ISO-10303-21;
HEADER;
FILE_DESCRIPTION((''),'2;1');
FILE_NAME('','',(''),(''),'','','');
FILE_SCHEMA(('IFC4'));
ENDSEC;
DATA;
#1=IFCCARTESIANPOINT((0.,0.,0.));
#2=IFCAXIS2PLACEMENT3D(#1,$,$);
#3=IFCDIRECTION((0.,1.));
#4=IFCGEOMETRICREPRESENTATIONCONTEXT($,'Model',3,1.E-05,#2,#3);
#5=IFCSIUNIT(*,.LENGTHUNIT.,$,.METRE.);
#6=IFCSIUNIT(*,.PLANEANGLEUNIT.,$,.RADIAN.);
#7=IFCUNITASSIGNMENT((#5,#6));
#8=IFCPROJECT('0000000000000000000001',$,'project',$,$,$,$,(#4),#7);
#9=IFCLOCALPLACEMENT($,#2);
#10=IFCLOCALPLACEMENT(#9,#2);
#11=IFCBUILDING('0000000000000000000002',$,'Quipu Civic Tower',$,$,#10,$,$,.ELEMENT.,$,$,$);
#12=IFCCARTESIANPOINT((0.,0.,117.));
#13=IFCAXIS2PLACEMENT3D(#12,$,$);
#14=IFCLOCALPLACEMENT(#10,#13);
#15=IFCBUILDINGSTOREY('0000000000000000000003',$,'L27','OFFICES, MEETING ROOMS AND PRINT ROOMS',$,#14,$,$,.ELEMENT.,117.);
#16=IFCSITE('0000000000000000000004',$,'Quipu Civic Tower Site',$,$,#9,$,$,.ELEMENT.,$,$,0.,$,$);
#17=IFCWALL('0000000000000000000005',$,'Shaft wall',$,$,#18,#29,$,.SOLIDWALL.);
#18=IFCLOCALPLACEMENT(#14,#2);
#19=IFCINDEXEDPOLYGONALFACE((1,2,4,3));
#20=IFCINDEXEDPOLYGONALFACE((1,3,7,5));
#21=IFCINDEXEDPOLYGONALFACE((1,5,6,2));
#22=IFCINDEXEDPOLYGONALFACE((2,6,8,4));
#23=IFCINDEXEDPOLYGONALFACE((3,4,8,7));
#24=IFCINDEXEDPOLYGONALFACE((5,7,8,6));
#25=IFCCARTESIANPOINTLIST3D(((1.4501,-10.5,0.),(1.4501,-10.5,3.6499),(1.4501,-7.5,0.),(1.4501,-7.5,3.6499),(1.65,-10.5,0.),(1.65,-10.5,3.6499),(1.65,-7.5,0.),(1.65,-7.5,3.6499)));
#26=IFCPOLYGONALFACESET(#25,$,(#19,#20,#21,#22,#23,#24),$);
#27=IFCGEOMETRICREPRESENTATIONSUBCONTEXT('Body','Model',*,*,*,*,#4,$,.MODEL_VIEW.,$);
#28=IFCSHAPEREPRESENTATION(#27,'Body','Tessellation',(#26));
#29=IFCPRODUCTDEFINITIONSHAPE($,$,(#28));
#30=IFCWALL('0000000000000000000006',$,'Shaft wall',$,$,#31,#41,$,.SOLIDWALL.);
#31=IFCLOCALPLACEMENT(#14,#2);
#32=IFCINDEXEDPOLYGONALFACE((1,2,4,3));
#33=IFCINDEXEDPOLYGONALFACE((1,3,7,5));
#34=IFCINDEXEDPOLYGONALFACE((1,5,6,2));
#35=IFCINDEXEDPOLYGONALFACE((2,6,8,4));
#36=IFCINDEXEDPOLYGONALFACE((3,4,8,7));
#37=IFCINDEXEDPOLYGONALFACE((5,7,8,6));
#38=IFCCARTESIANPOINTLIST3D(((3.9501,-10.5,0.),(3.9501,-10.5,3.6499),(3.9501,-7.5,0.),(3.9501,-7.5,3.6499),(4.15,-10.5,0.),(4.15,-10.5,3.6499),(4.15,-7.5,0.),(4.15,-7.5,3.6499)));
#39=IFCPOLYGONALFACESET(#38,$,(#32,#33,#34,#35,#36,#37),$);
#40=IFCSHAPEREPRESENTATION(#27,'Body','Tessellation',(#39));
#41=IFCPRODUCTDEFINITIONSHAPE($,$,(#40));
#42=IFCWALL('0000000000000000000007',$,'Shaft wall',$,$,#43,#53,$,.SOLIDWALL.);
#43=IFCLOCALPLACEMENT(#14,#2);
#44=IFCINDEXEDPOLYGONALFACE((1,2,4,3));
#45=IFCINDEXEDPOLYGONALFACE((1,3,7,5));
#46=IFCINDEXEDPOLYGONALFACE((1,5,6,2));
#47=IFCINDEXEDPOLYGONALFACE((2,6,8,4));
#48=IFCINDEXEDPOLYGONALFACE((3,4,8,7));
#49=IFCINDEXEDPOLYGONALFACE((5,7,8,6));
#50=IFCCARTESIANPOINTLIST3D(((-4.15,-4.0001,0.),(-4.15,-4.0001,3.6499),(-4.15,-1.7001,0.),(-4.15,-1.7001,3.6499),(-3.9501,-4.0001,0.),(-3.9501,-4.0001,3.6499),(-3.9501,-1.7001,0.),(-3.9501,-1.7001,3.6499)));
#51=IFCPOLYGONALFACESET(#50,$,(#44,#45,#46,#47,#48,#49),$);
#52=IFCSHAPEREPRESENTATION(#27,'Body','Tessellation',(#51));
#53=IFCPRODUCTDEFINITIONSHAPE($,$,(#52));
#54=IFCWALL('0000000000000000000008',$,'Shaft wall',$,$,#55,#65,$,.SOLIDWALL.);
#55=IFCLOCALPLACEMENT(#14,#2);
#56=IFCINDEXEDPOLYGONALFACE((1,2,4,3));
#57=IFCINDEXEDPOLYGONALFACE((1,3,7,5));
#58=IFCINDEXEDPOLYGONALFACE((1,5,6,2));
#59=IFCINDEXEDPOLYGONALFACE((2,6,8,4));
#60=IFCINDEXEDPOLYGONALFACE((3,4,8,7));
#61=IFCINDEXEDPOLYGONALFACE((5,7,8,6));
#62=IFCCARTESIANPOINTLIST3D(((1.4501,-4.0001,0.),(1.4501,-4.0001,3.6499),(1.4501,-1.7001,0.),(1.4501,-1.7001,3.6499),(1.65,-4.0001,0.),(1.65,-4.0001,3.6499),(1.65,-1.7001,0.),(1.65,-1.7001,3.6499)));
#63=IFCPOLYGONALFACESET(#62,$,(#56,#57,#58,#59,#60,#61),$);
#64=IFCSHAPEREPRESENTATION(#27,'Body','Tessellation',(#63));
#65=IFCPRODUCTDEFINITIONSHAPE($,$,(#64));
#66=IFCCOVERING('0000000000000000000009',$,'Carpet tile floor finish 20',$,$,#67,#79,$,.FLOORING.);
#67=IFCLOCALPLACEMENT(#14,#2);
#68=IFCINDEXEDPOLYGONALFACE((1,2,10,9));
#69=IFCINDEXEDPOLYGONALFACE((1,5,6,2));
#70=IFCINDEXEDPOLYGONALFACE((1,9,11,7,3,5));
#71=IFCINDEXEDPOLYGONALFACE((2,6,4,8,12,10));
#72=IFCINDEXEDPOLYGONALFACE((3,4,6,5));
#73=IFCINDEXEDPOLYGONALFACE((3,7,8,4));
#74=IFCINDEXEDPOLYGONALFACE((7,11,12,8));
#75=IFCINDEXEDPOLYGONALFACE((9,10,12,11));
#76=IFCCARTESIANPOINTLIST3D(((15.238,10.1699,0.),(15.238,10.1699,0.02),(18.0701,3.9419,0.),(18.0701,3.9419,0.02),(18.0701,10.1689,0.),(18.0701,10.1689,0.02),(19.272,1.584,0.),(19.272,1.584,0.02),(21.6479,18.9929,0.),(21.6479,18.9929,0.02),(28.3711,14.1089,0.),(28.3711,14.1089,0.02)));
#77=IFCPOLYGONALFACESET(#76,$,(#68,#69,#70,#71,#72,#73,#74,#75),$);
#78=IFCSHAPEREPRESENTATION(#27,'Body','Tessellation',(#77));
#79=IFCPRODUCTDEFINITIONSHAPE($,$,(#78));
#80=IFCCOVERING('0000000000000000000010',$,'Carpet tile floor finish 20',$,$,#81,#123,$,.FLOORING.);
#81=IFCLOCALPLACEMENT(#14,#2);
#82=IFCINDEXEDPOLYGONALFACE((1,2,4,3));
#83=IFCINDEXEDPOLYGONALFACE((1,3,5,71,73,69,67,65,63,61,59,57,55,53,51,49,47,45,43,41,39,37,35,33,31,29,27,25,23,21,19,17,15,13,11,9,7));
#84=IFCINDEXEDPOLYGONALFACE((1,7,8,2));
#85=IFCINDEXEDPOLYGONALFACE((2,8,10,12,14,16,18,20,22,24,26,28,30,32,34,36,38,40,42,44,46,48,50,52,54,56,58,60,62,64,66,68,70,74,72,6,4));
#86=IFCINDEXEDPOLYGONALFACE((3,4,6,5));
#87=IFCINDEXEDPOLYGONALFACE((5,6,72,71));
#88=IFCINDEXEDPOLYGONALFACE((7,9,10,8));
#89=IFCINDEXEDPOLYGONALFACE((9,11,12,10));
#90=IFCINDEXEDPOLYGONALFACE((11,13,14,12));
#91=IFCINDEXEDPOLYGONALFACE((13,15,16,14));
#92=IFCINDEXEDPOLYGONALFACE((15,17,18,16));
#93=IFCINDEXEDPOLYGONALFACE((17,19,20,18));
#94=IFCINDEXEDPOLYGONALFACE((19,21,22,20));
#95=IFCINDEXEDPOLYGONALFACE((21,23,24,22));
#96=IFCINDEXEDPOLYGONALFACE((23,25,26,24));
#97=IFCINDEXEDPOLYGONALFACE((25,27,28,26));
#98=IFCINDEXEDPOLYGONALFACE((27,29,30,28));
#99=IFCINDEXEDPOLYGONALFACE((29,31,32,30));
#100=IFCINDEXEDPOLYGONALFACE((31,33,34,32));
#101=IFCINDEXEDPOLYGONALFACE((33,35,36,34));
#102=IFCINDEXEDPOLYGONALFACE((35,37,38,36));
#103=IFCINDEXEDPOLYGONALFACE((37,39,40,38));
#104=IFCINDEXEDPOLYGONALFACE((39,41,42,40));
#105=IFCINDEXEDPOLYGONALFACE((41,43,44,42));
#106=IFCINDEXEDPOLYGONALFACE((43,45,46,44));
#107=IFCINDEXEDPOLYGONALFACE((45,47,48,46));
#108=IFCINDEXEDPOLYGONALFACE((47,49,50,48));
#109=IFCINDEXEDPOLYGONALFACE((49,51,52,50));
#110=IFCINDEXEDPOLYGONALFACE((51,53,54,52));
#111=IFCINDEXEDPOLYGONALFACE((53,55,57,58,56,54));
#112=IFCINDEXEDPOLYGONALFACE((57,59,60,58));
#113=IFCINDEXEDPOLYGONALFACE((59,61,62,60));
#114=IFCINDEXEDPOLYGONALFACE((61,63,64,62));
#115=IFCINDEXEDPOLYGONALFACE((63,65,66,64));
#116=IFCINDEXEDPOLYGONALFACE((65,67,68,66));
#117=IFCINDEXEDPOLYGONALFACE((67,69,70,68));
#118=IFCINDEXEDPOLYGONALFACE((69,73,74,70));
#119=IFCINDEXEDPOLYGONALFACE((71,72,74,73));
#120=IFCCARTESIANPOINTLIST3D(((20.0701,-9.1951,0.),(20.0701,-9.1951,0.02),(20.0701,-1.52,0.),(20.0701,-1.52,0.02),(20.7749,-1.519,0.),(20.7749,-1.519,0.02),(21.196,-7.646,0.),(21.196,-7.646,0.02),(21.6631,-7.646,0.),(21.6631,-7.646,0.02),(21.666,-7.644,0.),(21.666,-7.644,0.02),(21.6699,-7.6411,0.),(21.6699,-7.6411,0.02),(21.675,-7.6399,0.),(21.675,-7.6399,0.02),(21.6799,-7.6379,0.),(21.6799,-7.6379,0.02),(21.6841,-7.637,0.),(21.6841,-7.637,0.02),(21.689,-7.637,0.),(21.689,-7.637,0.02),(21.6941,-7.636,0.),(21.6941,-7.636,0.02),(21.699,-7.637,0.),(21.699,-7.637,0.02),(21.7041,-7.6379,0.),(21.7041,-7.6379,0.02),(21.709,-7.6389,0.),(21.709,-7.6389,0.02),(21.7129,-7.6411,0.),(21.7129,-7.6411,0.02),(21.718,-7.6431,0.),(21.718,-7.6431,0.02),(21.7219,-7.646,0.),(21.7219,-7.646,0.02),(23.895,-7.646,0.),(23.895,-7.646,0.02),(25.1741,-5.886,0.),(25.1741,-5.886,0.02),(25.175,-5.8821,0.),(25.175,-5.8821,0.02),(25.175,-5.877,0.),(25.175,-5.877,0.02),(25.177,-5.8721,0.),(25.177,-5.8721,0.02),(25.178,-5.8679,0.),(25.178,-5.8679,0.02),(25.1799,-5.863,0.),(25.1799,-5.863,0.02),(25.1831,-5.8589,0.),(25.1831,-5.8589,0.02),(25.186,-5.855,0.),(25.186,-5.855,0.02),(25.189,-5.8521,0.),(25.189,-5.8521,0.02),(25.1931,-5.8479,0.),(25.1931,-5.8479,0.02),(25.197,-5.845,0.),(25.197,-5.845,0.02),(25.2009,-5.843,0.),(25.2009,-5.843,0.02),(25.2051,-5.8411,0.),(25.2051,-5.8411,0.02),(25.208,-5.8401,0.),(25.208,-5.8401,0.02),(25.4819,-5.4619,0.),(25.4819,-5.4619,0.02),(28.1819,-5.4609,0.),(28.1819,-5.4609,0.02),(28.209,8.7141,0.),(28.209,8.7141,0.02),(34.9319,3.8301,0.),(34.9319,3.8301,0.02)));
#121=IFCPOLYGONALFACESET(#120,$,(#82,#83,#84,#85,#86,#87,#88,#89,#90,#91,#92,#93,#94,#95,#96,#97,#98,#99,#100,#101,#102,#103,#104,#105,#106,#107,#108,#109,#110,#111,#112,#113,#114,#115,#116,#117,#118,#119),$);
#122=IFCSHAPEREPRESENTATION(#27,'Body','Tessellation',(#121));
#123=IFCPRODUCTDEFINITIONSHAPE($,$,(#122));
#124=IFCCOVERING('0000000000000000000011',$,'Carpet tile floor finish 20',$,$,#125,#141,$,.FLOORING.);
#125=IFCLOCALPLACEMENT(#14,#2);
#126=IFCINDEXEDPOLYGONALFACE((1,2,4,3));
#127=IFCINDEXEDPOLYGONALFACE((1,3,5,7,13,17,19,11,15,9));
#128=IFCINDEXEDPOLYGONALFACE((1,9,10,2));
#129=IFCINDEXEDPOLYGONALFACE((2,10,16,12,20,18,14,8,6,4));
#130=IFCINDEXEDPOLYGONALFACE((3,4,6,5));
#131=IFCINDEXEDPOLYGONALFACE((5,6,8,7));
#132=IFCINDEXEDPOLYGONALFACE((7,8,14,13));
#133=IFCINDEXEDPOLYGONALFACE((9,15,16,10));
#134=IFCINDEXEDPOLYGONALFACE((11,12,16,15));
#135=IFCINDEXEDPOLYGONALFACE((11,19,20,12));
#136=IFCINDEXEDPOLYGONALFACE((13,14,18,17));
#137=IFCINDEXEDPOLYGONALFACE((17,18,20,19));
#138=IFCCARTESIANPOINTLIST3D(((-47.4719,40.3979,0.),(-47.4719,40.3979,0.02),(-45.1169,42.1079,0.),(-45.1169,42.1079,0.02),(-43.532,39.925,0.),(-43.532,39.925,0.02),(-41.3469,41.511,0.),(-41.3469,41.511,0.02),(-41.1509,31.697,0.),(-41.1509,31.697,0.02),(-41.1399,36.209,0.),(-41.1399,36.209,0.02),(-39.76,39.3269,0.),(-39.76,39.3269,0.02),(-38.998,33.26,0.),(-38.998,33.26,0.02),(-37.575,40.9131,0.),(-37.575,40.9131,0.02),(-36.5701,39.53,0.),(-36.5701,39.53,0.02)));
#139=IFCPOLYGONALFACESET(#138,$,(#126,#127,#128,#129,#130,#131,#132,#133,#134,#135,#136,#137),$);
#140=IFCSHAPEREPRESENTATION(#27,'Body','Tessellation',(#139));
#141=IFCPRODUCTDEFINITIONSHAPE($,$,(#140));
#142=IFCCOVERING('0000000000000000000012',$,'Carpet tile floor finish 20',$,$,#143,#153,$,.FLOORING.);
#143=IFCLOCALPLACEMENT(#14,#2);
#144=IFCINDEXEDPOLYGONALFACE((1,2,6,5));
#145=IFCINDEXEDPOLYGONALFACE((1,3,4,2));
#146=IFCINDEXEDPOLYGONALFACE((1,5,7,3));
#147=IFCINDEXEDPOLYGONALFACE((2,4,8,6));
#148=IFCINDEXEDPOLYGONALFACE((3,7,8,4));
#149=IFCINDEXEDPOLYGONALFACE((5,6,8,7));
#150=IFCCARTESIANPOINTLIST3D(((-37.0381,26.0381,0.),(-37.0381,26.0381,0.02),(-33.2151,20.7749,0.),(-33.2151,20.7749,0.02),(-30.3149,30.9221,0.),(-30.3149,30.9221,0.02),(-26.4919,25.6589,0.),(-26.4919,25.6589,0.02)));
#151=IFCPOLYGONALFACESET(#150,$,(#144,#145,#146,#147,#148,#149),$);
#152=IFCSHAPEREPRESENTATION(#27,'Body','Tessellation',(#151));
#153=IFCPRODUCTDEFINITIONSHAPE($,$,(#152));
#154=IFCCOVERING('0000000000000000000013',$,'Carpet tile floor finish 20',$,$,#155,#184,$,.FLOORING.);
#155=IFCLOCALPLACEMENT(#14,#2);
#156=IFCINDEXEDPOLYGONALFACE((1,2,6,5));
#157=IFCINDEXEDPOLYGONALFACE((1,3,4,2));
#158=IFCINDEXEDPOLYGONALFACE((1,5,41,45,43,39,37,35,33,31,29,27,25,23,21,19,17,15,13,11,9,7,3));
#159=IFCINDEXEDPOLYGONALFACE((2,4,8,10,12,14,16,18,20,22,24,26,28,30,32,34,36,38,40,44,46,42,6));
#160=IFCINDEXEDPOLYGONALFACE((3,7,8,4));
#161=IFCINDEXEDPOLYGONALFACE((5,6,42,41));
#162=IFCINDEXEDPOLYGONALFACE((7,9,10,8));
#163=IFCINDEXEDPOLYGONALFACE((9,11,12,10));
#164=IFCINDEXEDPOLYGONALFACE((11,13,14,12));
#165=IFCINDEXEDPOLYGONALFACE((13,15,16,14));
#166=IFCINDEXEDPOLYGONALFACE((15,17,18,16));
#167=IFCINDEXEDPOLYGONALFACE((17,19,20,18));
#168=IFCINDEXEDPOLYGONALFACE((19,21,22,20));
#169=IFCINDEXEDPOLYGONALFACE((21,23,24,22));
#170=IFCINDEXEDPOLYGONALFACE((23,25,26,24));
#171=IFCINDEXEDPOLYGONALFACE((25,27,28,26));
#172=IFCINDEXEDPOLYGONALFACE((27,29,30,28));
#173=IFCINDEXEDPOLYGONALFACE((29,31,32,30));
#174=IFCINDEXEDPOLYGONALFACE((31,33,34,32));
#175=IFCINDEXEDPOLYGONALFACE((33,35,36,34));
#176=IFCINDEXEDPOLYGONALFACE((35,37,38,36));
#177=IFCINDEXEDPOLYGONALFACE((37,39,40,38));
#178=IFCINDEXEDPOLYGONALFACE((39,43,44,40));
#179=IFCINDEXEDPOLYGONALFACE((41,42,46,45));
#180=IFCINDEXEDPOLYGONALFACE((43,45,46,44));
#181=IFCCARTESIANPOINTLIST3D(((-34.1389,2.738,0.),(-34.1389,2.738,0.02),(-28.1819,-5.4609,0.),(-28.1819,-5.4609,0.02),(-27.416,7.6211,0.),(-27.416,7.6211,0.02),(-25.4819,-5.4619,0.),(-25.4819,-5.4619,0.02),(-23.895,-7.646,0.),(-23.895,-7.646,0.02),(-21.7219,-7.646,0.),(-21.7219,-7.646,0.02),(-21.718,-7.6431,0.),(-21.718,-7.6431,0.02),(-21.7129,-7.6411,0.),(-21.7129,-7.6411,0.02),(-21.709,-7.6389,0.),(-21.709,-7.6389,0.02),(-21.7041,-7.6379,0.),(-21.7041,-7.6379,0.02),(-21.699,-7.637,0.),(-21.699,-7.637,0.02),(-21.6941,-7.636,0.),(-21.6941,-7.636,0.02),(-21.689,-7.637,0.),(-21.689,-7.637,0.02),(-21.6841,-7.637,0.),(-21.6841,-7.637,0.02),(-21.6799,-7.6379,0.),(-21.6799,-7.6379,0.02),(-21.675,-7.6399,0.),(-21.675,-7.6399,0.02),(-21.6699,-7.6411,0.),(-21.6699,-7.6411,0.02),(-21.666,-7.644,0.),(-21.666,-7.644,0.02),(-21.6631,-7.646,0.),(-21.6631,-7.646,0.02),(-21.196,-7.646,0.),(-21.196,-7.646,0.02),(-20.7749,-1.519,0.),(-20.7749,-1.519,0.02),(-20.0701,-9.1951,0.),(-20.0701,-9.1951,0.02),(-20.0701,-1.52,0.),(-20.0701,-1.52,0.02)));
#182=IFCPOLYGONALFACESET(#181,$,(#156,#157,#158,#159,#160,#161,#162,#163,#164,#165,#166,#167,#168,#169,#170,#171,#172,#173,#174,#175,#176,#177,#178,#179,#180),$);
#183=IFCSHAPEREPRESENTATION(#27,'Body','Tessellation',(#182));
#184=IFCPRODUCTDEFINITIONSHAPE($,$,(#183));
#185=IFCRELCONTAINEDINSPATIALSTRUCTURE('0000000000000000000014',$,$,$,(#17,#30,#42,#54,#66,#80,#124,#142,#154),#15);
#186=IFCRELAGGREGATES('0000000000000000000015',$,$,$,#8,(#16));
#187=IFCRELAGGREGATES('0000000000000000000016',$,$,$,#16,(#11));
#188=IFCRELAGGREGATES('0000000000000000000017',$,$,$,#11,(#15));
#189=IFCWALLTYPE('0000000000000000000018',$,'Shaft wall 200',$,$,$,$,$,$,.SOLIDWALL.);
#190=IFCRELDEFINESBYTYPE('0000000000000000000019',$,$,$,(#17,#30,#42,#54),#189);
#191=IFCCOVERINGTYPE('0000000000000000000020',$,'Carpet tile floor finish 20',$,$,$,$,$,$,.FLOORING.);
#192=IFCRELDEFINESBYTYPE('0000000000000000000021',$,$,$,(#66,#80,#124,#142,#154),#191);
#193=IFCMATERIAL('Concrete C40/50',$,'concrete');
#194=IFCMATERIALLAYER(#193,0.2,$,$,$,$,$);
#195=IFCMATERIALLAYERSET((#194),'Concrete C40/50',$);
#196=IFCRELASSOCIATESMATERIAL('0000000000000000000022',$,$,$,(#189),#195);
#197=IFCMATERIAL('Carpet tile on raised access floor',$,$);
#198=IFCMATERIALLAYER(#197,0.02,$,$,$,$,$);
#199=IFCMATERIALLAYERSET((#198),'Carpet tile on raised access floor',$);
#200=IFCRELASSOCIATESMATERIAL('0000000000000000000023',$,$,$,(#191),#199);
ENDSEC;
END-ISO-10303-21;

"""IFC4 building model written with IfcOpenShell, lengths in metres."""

from ifc_helpers import new_model, si_unit, direction, frame, frame_2d, origin, place, context, subcontext, project, spatial, polyline, rectangle, outline, extrude, material, layer, layer_set, type_object, element, save


model = new_model("IFC4")

# Units and contexts
model_context = context("Model", 3, precision=1e-05, world=origin(), true_north=direction((0.0, 1.0)))
body_context = subcontext(model_context, "Body", "Model", "MODEL_VIEW")
ifc_project = project(units=[si_unit("LENGTHUNIT", "METRE"), si_unit("PLANEANGLEUNIT", "RADIAN")], contexts=[model_context])

# Site, building, storey
site_placement = place(None, origin())
site = spatial("IfcSite", under=ifc_project, at=site_placement, Name="Quipu Civic Tower Site", CompositionType="ELEMENT", RefElevation=0.0)
building_placement = place(site_placement, origin())
building = spatial("IfcBuilding", under=site, at=building_placement, Name="Quipu Civic Tower", CompositionType="ELEMENT")
storey_placement = place(building_placement, frame((0.0, 0.0, 117.0)))
storey = spatial("IfcBuildingStorey", under=building, at=storey_placement, Name="L27", Description="OFFICES, MEETING ROOMS AND PRINT ROOMS", CompositionType="ELEMENT", Elevation=117.0)

# Walls
ifc_material_1 = material(Name="Concrete C40/50", Category="concrete")
ifc_layer_1 = layer(ifc_material_1, 0.2)
ifc_layer_set_1 = layer_set([ifc_layer_1], Name="Concrete C40/50")
wall_type_1 = type_object("IfcWallType", Name="Shaft wall 200", PredefinedType="SOLIDWALL", material=ifc_layer_set_1)
for number, where, z_axis, x_axis, name in (
    (1, (1.55, -10.5, 0.0), (0.0, 0.0, 1.0), (0.0, 1.0, 0.0), "Shaft wall"),
    (2, (4.05, -10.5, 0.0), (0.0, 0.0, 1.0), (0.0, 1.0, 0.0), "Shaft wall"),
):
    element("IfcWall", number, at=place(storey_placement, frame(where, z_axis=z_axis, x_axis=x_axis)), inside=storey, type_object=wall_type_1, Name=name, PredefinedType="SOLIDWALL", context=body_context, shape_type="SweptSolid", body=[
        extrude(rectangle(XDim=3.0, YDim=0.2, at=frame_2d((1.5, 0.0))), origin(), (0.0, 0.0, 1.0), 3.6499),
    ])
for number, where, z_axis, x_axis, name in (
    (3, (-4.05, -4.0, 0.0), (0.0, 0.0, 1.0), (0.0, 1.0, 0.0), "Shaft wall"),
    (4, (1.55, -4.0, 0.0), (0.0, 0.0, 1.0), (0.0, 1.0, 0.0), "Shaft wall"),
):
    element("IfcWall", number, at=place(storey_placement, frame(where, z_axis=z_axis, x_axis=x_axis)), inside=storey, type_object=wall_type_1, Name=name, PredefinedType="SOLIDWALL", context=body_context, shape_type="SweptSolid", body=[
        extrude(rectangle(XDim=2.3, YDim=0.2, at=frame_2d((1.1499, 0.0))), origin(), (0.0, 0.0, 1.0), 3.6499),
    ])

# Coverings
ifc_material_2 = material(Name="Carpet tile on raised access floor")
ifc_layer_2 = layer(ifc_material_2, 0.02)
ifc_layer_set_2 = layer_set([ifc_layer_2], Name="Carpet tile on raised access floor")
covering_type_1 = type_object("IfcCoveringType", Name="Carpet tile floor finish 20", PredefinedType="FLOORING", material=ifc_layer_set_2)
covering_1_placement = place(storey_placement, origin())
element("IfcCovering", 5, at=covering_1_placement, inside=storey, type_object=covering_type_1, Name="Carpet tile floor finish 20", PredefinedType="FLOORING", context=body_context, shape_type="SweptSolid", body=[
    extrude(outline(polyline([(15.238, 10.1699), (21.6479, 18.9929), (28.3711, 14.1089), (19.272, 1.584), (18.0701, 3.9419), (18.0701, 10.1689), (15.238, 10.1699)])), origin(), (0.0, 0.0, 1.0), 0.02),
])
covering_2_placement = place(storey_placement, origin())
element("IfcCovering", 6, at=covering_2_placement, inside=storey, type_object=covering_type_1, Name="Carpet tile floor finish 20", PredefinedType="FLOORING", context=body_context, shape_type="SweptSolid", body=[
    extrude(outline(polyline([(20.0701, -9.1951), (20.0701, -1.52), (20.7749, -1.519), (28.209, 8.7141), (34.9319, 3.8301), (28.1819, -5.4609), (25.4819, -5.4619), (25.208, -5.8401), (25.2051, -5.8411), (25.2009, -5.843), (25.197, -5.845), (25.1931, -5.8479), (25.189, -5.8521), (25.186, -5.855), (25.1831, -5.8589), (25.1799, -5.863), (25.178, -5.8679), (25.177, -5.8721), (25.175, -5.877), (25.175, -5.8821), (25.1741, -5.886), (23.895, -7.646), (21.7219, -7.646), (21.7219, -7.646), (21.718, -7.6431), (21.7129, -7.6411), (21.709, -7.6389), (21.7041, -7.6379), (21.699, -7.637), (21.6941, -7.636), (21.689, -7.637), (21.6841, -7.637), (21.6799, -7.6379), (21.675, -7.6399), (21.6699, -7.6411), (21.666, -7.644), (21.6631, -7.646), (21.196, -7.646), (20.0701, -9.1951)])), origin(), (0.0, 0.0, 1.0), 0.02),
])
covering_3_placement = place(storey_placement, origin())
element("IfcCovering", 7, at=covering_3_placement, inside=storey, type_object=covering_type_1, Name="Carpet tile floor finish 20", PredefinedType="FLOORING", context=body_context, shape_type="SweptSolid", body=[
    extrude(outline(polyline([(-47.4719, 40.3979), (-45.1169, 42.1079), (-43.532, 39.925), (-41.3469, 41.511), (-39.76, 39.3269), (-37.575, 40.9131), (-36.5701, 39.53), (-41.1399, 36.209), (-38.998, 33.26), (-41.1509, 31.697), (-47.4719, 40.3979)])), origin(), (0.0, 0.0, 1.0), 0.02),
])
covering_4_placement = place(storey_placement, origin())
element("IfcCovering", 8, at=covering_4_placement, inside=storey, type_object=covering_type_1, Name="Carpet tile floor finish 20", PredefinedType="FLOORING", context=body_context, shape_type="SweptSolid", body=[
    extrude(outline(polyline([(-37.0381, 26.0381), (-30.3149, 30.9221), (-26.4919, 25.6589), (-33.2151, 20.7749), (-37.0381, 26.0381)])), origin(), (0.0, 0.0, 1.0), 0.02),
])
covering_5_placement = place(storey_placement, origin())
element("IfcCovering", 9, at=covering_5_placement, inside=storey, type_object=covering_type_1, Name="Carpet tile floor finish 20", PredefinedType="FLOORING", context=body_context, shape_type="SweptSolid", body=[
    extrude(outline(polyline([(-34.1389, 2.738), (-27.416, 7.6211), (-20.7749, -1.519), (-20.0701, -1.52), (-20.0701, -9.1951), (-21.196, -7.646), (-21.6631, -7.646), (-21.666, -7.644), (-21.6699, -7.6411), (-21.675, -7.6399), (-21.6799, -7.6379), (-21.6841, -7.637), (-21.689, -7.637), (-21.6941, -7.636), (-21.699, -7.637), (-21.7041, -7.6379), (-21.709, -7.6389), (-21.7129, -7.6411), (-21.718, -7.6431), (-21.7219, -7.646), (-21.7219, -7.646), (-23.895, -7.646), (-25.4819, -5.4619), (-28.1819, -5.4609), (-34.1389, 2.738)])), origin(), (0.0, 0.0, 1.0), 0.02),
])

save(model, "model.ifc")
